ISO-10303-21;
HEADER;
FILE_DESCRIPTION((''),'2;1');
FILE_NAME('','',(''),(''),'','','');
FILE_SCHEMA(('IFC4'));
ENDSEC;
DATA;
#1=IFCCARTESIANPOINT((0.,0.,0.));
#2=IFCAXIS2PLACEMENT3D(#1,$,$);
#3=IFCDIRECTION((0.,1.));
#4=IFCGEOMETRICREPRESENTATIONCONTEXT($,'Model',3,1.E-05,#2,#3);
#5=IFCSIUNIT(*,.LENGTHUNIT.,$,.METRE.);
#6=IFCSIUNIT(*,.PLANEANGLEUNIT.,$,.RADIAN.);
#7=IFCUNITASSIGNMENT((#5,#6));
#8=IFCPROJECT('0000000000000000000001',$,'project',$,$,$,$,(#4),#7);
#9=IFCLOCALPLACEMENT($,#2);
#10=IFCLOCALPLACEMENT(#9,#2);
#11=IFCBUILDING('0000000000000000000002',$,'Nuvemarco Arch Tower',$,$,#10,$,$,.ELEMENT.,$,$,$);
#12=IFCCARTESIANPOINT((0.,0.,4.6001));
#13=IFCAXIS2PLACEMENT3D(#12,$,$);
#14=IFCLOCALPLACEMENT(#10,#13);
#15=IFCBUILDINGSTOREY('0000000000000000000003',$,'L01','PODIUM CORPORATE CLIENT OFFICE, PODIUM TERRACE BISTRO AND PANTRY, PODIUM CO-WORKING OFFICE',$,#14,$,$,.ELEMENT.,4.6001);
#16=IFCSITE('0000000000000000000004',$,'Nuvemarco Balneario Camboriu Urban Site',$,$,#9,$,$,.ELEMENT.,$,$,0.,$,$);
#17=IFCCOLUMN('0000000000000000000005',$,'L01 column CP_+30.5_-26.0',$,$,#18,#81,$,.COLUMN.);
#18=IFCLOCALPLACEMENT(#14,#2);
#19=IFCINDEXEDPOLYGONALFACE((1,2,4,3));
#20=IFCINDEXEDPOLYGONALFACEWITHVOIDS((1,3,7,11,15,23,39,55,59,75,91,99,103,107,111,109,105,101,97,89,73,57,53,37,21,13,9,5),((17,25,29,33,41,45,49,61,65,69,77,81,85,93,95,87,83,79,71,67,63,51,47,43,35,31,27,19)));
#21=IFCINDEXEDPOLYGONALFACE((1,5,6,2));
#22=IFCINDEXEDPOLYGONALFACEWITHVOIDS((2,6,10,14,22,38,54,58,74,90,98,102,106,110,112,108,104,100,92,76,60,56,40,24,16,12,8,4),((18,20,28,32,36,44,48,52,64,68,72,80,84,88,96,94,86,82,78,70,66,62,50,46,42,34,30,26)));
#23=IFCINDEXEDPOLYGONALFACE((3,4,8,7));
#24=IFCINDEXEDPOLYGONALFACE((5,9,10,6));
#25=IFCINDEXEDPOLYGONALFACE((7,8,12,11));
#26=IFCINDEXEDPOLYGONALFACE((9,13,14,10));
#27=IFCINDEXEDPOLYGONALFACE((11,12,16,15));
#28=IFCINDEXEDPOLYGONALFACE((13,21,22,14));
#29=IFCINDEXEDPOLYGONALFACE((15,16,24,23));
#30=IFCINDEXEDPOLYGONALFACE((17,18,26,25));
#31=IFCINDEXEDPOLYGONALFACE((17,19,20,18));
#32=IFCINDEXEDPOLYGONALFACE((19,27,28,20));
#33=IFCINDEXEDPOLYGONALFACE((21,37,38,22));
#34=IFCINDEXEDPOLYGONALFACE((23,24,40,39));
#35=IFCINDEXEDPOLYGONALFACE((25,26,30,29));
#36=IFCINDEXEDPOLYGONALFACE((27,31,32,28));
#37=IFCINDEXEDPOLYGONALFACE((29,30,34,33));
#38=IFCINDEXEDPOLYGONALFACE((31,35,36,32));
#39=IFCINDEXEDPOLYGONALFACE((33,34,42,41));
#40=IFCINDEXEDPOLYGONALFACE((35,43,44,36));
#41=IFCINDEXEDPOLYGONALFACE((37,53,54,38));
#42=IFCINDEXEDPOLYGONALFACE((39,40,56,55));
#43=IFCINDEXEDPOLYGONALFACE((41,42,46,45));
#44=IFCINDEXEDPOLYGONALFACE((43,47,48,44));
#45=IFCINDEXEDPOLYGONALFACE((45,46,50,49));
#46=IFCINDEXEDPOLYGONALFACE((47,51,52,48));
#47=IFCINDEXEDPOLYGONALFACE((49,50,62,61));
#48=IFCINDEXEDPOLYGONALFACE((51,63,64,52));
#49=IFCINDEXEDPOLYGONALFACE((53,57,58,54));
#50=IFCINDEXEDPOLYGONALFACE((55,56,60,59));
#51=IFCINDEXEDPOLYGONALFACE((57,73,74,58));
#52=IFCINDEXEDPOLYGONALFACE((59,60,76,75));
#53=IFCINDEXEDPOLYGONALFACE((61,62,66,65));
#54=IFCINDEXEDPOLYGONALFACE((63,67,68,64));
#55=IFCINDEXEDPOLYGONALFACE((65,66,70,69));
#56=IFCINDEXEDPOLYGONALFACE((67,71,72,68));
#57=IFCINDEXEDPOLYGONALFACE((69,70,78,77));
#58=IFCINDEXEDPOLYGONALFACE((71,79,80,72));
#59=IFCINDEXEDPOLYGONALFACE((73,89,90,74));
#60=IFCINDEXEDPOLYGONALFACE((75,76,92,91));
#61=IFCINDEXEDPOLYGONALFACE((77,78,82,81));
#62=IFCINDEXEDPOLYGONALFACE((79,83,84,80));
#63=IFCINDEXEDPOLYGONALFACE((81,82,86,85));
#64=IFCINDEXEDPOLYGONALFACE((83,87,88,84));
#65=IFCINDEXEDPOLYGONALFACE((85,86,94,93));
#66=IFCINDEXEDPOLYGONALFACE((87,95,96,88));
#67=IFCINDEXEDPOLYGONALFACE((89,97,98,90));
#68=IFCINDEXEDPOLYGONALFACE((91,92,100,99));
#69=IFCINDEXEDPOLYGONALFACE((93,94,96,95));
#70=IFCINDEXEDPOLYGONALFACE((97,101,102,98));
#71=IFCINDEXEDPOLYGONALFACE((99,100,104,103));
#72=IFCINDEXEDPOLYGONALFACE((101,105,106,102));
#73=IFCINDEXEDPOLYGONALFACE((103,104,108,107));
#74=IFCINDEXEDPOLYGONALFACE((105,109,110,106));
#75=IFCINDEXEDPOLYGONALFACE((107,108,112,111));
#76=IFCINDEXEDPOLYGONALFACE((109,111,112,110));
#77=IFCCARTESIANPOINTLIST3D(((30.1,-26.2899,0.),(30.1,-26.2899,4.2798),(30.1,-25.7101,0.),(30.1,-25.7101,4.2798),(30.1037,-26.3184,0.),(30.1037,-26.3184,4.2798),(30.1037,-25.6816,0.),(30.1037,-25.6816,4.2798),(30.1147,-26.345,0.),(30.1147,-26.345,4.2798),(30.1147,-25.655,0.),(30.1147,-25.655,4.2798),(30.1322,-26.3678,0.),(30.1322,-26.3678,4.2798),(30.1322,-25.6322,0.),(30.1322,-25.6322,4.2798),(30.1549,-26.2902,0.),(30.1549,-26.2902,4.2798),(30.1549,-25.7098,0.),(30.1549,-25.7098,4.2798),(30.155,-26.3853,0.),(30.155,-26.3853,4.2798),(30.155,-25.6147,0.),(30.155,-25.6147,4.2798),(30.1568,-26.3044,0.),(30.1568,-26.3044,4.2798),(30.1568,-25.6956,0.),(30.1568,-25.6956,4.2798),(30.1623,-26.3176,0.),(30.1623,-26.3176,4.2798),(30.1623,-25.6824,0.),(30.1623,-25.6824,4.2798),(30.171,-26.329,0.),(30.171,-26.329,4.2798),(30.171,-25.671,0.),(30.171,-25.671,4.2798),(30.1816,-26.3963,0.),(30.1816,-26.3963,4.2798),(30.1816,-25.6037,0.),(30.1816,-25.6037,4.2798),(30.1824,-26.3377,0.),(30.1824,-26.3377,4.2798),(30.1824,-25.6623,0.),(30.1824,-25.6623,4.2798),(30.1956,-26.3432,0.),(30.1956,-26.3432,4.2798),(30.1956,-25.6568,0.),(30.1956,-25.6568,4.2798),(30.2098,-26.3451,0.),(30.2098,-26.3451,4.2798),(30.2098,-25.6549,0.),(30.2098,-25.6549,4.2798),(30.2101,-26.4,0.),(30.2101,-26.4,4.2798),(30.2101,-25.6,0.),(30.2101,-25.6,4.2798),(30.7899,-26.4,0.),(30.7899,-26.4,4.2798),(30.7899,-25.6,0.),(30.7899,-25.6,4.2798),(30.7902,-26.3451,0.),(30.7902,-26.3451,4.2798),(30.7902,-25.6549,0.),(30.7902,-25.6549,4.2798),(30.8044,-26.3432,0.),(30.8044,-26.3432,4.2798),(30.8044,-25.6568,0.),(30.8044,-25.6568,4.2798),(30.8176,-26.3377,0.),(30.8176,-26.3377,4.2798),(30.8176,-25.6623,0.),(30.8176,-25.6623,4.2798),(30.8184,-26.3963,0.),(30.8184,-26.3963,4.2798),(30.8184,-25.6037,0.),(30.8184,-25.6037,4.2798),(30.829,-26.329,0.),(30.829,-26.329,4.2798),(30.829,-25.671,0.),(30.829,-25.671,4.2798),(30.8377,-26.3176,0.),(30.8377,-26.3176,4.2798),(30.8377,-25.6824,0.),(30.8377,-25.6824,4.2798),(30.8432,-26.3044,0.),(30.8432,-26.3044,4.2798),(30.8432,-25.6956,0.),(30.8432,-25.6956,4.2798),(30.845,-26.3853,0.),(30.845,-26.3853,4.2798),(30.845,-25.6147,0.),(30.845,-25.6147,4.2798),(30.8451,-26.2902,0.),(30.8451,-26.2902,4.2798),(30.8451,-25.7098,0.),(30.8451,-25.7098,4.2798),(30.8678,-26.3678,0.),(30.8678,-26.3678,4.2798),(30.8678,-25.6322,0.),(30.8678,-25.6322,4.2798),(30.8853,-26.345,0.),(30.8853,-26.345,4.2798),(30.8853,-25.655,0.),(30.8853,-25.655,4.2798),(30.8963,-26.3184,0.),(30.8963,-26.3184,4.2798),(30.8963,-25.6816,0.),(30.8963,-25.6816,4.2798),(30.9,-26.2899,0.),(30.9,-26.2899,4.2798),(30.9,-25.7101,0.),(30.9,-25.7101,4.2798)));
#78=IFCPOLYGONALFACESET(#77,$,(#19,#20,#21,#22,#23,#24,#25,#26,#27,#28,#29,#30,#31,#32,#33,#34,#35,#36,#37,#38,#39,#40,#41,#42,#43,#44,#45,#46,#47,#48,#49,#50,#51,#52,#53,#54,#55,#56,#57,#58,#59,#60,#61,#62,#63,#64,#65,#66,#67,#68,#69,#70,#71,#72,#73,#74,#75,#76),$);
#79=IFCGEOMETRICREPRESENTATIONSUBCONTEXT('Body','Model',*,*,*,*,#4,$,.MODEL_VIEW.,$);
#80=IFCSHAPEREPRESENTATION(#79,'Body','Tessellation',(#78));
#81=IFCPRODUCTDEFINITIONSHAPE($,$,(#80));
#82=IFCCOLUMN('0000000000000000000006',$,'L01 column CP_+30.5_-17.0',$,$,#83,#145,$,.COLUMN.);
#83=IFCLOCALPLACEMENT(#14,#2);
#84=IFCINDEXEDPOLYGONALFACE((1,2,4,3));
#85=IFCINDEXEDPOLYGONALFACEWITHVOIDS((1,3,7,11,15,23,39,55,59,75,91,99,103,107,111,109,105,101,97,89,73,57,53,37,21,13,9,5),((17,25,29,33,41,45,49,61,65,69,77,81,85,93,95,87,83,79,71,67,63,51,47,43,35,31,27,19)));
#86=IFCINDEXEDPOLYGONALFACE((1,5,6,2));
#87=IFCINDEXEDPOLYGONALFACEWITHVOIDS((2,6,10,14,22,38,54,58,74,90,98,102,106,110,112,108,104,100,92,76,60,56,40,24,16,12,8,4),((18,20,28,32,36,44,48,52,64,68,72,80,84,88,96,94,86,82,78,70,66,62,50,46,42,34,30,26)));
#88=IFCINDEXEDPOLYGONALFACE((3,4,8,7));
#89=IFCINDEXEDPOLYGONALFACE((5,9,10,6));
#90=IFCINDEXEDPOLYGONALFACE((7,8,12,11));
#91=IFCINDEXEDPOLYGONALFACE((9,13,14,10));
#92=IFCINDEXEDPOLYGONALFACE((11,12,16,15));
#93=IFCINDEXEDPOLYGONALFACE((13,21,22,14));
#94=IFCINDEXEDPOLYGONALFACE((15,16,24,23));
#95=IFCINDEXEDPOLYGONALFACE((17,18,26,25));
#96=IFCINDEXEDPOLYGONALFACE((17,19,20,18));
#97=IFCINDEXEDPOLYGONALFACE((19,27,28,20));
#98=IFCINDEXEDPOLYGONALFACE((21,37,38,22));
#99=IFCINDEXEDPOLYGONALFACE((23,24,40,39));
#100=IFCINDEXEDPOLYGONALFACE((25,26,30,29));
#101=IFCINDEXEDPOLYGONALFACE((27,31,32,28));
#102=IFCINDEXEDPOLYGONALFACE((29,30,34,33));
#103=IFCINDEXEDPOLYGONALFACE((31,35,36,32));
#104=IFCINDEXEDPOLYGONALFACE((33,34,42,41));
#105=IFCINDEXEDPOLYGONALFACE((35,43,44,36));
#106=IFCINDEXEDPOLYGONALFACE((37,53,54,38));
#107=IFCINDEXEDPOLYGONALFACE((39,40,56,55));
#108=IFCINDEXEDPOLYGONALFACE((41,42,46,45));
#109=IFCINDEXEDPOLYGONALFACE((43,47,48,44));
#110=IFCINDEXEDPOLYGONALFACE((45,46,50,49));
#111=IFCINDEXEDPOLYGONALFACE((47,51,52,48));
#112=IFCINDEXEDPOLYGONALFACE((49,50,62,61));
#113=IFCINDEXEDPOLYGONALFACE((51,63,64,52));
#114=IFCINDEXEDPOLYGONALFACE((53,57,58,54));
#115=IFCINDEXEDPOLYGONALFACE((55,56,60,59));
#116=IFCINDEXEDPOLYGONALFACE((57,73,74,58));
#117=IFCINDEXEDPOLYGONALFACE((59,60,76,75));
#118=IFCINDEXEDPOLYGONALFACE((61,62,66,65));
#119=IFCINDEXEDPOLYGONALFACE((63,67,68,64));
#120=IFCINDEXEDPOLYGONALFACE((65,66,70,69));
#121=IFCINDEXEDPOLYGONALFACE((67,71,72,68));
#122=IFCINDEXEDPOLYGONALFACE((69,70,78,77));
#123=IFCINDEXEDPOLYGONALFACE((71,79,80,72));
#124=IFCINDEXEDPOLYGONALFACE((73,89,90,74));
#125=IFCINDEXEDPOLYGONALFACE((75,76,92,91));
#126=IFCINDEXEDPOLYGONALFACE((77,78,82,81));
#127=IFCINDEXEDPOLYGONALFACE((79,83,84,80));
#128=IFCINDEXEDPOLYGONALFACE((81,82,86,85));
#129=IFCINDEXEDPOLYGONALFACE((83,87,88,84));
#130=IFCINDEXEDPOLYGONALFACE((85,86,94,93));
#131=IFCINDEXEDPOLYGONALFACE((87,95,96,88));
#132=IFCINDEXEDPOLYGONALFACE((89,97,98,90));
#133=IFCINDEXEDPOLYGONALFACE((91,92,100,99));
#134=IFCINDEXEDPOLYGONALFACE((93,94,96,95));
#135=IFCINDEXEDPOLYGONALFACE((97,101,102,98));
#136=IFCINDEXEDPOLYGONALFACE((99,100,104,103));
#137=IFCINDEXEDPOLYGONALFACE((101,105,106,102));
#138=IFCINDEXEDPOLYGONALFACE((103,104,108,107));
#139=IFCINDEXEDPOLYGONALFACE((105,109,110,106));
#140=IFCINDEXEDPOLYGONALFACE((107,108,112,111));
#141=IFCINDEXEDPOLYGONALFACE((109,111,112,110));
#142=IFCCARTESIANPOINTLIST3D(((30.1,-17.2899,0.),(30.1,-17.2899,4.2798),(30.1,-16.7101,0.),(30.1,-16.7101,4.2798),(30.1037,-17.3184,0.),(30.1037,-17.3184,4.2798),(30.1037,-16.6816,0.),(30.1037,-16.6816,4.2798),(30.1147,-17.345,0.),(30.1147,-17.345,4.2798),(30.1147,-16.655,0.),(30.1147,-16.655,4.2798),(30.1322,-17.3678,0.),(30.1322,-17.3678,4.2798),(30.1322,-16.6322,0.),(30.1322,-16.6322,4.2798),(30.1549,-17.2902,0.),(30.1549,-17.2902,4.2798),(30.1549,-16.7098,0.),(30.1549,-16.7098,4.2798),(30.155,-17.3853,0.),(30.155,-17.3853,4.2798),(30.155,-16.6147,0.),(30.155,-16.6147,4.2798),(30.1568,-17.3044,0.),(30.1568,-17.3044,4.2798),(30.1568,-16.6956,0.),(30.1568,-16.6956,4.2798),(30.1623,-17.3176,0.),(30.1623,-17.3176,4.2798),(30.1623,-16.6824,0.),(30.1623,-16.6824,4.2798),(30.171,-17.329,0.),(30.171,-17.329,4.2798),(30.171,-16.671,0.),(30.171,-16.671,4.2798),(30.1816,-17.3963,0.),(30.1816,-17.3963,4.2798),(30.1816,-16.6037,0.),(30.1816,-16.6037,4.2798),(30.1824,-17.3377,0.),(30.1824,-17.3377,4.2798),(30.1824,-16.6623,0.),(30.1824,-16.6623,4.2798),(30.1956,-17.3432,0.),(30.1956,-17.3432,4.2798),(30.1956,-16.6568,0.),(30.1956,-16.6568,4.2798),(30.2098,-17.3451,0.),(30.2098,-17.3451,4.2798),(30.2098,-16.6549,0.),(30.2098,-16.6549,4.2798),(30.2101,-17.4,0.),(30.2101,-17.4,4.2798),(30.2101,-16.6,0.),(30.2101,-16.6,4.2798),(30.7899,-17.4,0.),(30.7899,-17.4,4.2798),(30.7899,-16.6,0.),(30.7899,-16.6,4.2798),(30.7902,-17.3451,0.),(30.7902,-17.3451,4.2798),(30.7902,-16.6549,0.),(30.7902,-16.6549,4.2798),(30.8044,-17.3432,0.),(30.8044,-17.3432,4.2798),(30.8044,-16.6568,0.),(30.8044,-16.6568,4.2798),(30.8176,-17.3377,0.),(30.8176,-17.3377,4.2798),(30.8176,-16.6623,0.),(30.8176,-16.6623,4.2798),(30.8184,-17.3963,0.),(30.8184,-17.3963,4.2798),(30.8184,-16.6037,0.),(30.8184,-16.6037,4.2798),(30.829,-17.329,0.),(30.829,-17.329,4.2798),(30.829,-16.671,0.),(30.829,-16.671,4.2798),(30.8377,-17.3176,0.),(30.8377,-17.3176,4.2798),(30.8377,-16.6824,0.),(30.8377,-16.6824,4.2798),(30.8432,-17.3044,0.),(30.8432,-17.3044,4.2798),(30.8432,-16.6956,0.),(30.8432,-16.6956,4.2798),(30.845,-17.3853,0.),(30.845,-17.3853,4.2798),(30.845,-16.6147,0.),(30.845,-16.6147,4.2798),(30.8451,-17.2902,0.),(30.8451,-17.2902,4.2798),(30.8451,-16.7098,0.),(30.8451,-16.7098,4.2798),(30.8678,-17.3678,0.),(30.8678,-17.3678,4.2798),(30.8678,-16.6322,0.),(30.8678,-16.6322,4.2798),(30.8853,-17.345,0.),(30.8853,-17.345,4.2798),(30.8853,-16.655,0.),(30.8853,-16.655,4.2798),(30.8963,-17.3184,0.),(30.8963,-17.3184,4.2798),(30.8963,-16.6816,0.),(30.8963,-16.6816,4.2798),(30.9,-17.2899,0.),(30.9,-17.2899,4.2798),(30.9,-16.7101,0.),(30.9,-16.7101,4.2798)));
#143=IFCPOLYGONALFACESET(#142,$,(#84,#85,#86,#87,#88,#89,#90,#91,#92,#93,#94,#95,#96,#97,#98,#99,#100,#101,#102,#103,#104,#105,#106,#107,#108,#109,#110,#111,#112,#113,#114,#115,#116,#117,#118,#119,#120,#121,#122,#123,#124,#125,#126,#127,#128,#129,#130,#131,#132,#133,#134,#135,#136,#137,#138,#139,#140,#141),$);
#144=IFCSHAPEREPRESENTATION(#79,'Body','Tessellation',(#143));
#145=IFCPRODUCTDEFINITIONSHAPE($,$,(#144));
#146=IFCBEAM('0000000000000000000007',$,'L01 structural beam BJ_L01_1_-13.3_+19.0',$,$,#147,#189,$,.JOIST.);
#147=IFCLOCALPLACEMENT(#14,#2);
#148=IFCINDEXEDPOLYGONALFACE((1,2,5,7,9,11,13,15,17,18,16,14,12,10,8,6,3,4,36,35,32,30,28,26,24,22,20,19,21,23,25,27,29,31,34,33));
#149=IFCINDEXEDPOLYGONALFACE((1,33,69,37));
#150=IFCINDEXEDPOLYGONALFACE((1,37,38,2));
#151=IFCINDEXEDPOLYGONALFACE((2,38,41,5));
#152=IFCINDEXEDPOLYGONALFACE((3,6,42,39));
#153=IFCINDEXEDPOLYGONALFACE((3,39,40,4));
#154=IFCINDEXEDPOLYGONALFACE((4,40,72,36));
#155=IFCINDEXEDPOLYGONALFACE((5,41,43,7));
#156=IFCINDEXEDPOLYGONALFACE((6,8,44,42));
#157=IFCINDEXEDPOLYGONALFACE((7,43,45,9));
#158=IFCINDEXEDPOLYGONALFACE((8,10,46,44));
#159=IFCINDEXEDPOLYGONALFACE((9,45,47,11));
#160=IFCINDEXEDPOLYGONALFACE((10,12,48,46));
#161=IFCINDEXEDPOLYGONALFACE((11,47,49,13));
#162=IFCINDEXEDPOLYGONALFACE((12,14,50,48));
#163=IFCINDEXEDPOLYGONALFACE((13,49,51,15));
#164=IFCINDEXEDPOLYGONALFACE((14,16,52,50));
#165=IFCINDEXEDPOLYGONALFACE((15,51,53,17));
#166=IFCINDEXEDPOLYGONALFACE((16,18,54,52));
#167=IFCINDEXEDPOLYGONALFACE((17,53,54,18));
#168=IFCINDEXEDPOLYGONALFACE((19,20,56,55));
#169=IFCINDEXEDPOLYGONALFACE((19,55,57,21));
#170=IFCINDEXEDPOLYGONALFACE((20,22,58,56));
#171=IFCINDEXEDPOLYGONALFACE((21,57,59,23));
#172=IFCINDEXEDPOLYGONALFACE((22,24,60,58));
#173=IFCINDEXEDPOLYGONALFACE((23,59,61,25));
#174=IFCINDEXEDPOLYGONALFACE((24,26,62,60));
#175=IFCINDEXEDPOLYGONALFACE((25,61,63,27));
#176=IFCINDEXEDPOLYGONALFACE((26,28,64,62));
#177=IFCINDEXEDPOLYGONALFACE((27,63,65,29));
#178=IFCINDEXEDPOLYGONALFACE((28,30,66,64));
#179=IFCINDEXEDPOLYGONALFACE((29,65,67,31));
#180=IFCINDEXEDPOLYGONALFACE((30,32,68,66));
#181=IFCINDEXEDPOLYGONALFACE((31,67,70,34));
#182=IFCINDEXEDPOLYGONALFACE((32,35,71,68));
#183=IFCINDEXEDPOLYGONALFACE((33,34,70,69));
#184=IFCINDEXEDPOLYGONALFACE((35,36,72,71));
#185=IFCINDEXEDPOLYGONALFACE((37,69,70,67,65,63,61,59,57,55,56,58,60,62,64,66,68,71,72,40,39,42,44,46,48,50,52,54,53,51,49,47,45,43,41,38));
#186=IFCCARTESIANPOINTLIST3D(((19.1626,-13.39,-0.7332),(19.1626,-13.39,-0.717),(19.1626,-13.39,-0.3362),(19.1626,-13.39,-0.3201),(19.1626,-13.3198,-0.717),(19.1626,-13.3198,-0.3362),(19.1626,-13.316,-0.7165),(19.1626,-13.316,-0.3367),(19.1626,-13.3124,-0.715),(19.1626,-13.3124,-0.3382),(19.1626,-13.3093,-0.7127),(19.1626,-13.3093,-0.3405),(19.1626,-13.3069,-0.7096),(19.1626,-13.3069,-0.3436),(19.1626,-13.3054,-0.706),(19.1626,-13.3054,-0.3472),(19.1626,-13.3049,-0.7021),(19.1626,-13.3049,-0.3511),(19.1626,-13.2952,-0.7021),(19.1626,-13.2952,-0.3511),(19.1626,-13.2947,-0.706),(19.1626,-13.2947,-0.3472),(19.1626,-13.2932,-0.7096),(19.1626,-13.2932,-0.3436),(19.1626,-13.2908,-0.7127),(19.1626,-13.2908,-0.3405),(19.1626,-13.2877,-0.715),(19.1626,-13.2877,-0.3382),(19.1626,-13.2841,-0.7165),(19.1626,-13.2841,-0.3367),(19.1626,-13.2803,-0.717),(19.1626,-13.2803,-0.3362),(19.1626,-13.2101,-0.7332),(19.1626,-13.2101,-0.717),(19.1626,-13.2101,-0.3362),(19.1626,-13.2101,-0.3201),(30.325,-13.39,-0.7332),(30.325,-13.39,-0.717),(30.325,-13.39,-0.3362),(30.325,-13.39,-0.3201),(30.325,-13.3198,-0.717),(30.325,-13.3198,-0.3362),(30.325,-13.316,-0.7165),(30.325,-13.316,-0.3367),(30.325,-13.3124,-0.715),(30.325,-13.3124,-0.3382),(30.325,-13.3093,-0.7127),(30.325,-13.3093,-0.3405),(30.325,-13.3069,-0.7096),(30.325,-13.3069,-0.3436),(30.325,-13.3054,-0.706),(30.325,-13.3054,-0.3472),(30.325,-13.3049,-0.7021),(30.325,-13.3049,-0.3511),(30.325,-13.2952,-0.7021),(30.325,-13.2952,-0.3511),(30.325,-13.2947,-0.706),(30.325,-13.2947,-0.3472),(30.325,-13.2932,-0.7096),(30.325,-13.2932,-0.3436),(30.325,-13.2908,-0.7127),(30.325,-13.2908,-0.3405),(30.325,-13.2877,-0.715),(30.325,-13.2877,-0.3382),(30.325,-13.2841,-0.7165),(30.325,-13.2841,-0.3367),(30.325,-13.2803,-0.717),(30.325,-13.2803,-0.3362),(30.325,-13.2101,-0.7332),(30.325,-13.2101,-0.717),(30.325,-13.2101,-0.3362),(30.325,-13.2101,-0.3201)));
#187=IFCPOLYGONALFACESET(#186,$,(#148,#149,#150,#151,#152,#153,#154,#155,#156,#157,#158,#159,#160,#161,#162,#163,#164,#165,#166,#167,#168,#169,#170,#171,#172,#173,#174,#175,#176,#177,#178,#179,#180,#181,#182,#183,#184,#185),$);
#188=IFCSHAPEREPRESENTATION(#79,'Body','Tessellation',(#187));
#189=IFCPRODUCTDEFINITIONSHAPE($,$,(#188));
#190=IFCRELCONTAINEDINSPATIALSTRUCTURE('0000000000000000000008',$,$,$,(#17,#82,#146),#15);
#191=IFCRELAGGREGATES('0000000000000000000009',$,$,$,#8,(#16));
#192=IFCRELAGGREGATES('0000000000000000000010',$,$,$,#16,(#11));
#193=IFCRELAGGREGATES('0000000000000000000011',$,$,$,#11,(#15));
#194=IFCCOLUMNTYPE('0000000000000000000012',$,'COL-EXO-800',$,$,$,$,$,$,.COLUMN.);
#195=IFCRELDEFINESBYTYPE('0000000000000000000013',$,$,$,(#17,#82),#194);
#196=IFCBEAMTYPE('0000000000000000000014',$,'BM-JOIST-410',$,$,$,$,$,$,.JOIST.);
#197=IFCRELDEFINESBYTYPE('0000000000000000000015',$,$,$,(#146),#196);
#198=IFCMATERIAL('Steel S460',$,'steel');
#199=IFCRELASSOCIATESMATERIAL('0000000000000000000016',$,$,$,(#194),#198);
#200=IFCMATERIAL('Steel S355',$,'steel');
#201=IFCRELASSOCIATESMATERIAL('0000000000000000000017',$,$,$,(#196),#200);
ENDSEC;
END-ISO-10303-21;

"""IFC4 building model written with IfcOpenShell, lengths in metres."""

from ifc_helpers import new_model, si_unit, direction, frame, origin, origin_2d, place, context, subcontext, project, spatial, hollow_rectangle, i_section, extrude, material, material_profile, profile_set, type_object, element, save


model = new_model("IFC4")

# Units and contexts
model_context = context("Model", 3, precision=1e-05, world=origin(), true_north=direction((0.0, 1.0)))
body_context = subcontext(model_context, "Body", "Model", "MODEL_VIEW")
ifc_project = project(units=[si_unit("LENGTHUNIT", "METRE"), si_unit("PLANEANGLEUNIT", "RADIAN")], contexts=[model_context])

# Site, building, storey
site_placement = place(None, origin())
site = spatial("IfcSite", under=ifc_project, at=site_placement, Name="Nuvemarco Balneario Camboriu Urban Site", CompositionType="ELEMENT", RefElevation=0.0)
building_placement = place(site_placement, origin())
building = spatial("IfcBuilding", under=site, at=building_placement, Name="Nuvemarco Arch Tower", CompositionType="ELEMENT")
storey_placement = place(building_placement, frame((0.0, 0.0, 4.6001)))
storey = spatial("IfcBuildingStorey", under=building, at=storey_placement, Name="L01", Description="PODIUM CORPORATE CLIENT OFFICE, PODIUM TERRACE BISTRO AND PANTRY, PODIUM CO-WORKING OFFICE", CompositionType="ELEMENT", Elevation=4.6001)

# Columns
ifc_material_1 = material(Name="Steel S460", Category="steel")
ifc_material_profile_1 = material_profile(ifc_material_1, hollow_rectangle(XDim=0.8, YDim=0.8, WallThickness=0.0549, InnerFilletRadius=0.0549, OuterFilletRadius=0.1101, at=origin_2d()), Name="SHS800x800x55")
ifc_profile_set_1 = profile_set([ifc_material_profile_1], Name="Steel S460")
column_type = type_object("IfcColumnType", Name="COL-EXO-800", PredefinedType="COLUMN", material=ifc_profile_set_1)
for number, where, z_axis, x_axis, name in (
    (1, (30.5, -26.0, 0.0), (0.0, 0.0, 1.0), (1.0, 0.0, 0.0), "L01 column CP_+30.5_-26.0"),
    (2, (30.5, -17.0, 0.0), (0.0, 0.0, 1.0), (1.0, 0.0, 0.0), "L01 column CP_+30.5_-17.0"),
):
    element("IfcColumn", number, at=place(storey_placement, frame(where, z_axis=z_axis, x_axis=x_axis)), inside=storey, type_object=column_type, Name=name, PredefinedType="COLUMN", context=body_context, shape_type="SweptSolid", body=[
        extrude(hollow_rectangle(XDim=0.8, YDim=0.8, WallThickness=0.0549, InnerFilletRadius=0.0549, OuterFilletRadius=0.1101, at=origin_2d()), origin(), (0.0, 0.0, 1.0), 4.2798),
    ])

# Beam
ifc_material_2 = material(Name="Steel S355", Category="steel")
ifc_material_profile_2 = material_profile(ifc_material_2, i_section(OverallWidth=0.1799, OverallDepth=0.4131, WebThickness=0.0098, FlangeThickness=0.0161, FilletRadius=0.0149, at=origin_2d()), Name="W410x75")
ifc_profile_set_2 = profile_set([ifc_material_profile_2], Name="Steel S355")
beam_type_1 = type_object("IfcBeamType", Name="BM-JOIST-410", PredefinedType="JOIST", material=ifc_profile_set_2)
beam_1_placement = place(storey_placement, frame((19.1626, -13.3, -0.5266), z_axis=(1.0, 0.0, 0.0), x_axis=(0.0, 1.0, 0.0)))
element("IfcBeam", 3, at=beam_1_placement, inside=storey, type_object=beam_type_1, Name="L01 structural beam BJ_L01_1_-13.3_+19.0", PredefinedType="JOIST", context=body_context, shape_type="SweptSolid", body=[
    extrude(i_section(OverallWidth=0.1799, OverallDepth=0.4131, WebThickness=0.0098, FlangeThickness=0.0161, FilletRadius=0.0149, at=origin_2d()), origin(), (0.0, 0.0, 1.0), 11.1624),
])

save(model, "model.ifc")
